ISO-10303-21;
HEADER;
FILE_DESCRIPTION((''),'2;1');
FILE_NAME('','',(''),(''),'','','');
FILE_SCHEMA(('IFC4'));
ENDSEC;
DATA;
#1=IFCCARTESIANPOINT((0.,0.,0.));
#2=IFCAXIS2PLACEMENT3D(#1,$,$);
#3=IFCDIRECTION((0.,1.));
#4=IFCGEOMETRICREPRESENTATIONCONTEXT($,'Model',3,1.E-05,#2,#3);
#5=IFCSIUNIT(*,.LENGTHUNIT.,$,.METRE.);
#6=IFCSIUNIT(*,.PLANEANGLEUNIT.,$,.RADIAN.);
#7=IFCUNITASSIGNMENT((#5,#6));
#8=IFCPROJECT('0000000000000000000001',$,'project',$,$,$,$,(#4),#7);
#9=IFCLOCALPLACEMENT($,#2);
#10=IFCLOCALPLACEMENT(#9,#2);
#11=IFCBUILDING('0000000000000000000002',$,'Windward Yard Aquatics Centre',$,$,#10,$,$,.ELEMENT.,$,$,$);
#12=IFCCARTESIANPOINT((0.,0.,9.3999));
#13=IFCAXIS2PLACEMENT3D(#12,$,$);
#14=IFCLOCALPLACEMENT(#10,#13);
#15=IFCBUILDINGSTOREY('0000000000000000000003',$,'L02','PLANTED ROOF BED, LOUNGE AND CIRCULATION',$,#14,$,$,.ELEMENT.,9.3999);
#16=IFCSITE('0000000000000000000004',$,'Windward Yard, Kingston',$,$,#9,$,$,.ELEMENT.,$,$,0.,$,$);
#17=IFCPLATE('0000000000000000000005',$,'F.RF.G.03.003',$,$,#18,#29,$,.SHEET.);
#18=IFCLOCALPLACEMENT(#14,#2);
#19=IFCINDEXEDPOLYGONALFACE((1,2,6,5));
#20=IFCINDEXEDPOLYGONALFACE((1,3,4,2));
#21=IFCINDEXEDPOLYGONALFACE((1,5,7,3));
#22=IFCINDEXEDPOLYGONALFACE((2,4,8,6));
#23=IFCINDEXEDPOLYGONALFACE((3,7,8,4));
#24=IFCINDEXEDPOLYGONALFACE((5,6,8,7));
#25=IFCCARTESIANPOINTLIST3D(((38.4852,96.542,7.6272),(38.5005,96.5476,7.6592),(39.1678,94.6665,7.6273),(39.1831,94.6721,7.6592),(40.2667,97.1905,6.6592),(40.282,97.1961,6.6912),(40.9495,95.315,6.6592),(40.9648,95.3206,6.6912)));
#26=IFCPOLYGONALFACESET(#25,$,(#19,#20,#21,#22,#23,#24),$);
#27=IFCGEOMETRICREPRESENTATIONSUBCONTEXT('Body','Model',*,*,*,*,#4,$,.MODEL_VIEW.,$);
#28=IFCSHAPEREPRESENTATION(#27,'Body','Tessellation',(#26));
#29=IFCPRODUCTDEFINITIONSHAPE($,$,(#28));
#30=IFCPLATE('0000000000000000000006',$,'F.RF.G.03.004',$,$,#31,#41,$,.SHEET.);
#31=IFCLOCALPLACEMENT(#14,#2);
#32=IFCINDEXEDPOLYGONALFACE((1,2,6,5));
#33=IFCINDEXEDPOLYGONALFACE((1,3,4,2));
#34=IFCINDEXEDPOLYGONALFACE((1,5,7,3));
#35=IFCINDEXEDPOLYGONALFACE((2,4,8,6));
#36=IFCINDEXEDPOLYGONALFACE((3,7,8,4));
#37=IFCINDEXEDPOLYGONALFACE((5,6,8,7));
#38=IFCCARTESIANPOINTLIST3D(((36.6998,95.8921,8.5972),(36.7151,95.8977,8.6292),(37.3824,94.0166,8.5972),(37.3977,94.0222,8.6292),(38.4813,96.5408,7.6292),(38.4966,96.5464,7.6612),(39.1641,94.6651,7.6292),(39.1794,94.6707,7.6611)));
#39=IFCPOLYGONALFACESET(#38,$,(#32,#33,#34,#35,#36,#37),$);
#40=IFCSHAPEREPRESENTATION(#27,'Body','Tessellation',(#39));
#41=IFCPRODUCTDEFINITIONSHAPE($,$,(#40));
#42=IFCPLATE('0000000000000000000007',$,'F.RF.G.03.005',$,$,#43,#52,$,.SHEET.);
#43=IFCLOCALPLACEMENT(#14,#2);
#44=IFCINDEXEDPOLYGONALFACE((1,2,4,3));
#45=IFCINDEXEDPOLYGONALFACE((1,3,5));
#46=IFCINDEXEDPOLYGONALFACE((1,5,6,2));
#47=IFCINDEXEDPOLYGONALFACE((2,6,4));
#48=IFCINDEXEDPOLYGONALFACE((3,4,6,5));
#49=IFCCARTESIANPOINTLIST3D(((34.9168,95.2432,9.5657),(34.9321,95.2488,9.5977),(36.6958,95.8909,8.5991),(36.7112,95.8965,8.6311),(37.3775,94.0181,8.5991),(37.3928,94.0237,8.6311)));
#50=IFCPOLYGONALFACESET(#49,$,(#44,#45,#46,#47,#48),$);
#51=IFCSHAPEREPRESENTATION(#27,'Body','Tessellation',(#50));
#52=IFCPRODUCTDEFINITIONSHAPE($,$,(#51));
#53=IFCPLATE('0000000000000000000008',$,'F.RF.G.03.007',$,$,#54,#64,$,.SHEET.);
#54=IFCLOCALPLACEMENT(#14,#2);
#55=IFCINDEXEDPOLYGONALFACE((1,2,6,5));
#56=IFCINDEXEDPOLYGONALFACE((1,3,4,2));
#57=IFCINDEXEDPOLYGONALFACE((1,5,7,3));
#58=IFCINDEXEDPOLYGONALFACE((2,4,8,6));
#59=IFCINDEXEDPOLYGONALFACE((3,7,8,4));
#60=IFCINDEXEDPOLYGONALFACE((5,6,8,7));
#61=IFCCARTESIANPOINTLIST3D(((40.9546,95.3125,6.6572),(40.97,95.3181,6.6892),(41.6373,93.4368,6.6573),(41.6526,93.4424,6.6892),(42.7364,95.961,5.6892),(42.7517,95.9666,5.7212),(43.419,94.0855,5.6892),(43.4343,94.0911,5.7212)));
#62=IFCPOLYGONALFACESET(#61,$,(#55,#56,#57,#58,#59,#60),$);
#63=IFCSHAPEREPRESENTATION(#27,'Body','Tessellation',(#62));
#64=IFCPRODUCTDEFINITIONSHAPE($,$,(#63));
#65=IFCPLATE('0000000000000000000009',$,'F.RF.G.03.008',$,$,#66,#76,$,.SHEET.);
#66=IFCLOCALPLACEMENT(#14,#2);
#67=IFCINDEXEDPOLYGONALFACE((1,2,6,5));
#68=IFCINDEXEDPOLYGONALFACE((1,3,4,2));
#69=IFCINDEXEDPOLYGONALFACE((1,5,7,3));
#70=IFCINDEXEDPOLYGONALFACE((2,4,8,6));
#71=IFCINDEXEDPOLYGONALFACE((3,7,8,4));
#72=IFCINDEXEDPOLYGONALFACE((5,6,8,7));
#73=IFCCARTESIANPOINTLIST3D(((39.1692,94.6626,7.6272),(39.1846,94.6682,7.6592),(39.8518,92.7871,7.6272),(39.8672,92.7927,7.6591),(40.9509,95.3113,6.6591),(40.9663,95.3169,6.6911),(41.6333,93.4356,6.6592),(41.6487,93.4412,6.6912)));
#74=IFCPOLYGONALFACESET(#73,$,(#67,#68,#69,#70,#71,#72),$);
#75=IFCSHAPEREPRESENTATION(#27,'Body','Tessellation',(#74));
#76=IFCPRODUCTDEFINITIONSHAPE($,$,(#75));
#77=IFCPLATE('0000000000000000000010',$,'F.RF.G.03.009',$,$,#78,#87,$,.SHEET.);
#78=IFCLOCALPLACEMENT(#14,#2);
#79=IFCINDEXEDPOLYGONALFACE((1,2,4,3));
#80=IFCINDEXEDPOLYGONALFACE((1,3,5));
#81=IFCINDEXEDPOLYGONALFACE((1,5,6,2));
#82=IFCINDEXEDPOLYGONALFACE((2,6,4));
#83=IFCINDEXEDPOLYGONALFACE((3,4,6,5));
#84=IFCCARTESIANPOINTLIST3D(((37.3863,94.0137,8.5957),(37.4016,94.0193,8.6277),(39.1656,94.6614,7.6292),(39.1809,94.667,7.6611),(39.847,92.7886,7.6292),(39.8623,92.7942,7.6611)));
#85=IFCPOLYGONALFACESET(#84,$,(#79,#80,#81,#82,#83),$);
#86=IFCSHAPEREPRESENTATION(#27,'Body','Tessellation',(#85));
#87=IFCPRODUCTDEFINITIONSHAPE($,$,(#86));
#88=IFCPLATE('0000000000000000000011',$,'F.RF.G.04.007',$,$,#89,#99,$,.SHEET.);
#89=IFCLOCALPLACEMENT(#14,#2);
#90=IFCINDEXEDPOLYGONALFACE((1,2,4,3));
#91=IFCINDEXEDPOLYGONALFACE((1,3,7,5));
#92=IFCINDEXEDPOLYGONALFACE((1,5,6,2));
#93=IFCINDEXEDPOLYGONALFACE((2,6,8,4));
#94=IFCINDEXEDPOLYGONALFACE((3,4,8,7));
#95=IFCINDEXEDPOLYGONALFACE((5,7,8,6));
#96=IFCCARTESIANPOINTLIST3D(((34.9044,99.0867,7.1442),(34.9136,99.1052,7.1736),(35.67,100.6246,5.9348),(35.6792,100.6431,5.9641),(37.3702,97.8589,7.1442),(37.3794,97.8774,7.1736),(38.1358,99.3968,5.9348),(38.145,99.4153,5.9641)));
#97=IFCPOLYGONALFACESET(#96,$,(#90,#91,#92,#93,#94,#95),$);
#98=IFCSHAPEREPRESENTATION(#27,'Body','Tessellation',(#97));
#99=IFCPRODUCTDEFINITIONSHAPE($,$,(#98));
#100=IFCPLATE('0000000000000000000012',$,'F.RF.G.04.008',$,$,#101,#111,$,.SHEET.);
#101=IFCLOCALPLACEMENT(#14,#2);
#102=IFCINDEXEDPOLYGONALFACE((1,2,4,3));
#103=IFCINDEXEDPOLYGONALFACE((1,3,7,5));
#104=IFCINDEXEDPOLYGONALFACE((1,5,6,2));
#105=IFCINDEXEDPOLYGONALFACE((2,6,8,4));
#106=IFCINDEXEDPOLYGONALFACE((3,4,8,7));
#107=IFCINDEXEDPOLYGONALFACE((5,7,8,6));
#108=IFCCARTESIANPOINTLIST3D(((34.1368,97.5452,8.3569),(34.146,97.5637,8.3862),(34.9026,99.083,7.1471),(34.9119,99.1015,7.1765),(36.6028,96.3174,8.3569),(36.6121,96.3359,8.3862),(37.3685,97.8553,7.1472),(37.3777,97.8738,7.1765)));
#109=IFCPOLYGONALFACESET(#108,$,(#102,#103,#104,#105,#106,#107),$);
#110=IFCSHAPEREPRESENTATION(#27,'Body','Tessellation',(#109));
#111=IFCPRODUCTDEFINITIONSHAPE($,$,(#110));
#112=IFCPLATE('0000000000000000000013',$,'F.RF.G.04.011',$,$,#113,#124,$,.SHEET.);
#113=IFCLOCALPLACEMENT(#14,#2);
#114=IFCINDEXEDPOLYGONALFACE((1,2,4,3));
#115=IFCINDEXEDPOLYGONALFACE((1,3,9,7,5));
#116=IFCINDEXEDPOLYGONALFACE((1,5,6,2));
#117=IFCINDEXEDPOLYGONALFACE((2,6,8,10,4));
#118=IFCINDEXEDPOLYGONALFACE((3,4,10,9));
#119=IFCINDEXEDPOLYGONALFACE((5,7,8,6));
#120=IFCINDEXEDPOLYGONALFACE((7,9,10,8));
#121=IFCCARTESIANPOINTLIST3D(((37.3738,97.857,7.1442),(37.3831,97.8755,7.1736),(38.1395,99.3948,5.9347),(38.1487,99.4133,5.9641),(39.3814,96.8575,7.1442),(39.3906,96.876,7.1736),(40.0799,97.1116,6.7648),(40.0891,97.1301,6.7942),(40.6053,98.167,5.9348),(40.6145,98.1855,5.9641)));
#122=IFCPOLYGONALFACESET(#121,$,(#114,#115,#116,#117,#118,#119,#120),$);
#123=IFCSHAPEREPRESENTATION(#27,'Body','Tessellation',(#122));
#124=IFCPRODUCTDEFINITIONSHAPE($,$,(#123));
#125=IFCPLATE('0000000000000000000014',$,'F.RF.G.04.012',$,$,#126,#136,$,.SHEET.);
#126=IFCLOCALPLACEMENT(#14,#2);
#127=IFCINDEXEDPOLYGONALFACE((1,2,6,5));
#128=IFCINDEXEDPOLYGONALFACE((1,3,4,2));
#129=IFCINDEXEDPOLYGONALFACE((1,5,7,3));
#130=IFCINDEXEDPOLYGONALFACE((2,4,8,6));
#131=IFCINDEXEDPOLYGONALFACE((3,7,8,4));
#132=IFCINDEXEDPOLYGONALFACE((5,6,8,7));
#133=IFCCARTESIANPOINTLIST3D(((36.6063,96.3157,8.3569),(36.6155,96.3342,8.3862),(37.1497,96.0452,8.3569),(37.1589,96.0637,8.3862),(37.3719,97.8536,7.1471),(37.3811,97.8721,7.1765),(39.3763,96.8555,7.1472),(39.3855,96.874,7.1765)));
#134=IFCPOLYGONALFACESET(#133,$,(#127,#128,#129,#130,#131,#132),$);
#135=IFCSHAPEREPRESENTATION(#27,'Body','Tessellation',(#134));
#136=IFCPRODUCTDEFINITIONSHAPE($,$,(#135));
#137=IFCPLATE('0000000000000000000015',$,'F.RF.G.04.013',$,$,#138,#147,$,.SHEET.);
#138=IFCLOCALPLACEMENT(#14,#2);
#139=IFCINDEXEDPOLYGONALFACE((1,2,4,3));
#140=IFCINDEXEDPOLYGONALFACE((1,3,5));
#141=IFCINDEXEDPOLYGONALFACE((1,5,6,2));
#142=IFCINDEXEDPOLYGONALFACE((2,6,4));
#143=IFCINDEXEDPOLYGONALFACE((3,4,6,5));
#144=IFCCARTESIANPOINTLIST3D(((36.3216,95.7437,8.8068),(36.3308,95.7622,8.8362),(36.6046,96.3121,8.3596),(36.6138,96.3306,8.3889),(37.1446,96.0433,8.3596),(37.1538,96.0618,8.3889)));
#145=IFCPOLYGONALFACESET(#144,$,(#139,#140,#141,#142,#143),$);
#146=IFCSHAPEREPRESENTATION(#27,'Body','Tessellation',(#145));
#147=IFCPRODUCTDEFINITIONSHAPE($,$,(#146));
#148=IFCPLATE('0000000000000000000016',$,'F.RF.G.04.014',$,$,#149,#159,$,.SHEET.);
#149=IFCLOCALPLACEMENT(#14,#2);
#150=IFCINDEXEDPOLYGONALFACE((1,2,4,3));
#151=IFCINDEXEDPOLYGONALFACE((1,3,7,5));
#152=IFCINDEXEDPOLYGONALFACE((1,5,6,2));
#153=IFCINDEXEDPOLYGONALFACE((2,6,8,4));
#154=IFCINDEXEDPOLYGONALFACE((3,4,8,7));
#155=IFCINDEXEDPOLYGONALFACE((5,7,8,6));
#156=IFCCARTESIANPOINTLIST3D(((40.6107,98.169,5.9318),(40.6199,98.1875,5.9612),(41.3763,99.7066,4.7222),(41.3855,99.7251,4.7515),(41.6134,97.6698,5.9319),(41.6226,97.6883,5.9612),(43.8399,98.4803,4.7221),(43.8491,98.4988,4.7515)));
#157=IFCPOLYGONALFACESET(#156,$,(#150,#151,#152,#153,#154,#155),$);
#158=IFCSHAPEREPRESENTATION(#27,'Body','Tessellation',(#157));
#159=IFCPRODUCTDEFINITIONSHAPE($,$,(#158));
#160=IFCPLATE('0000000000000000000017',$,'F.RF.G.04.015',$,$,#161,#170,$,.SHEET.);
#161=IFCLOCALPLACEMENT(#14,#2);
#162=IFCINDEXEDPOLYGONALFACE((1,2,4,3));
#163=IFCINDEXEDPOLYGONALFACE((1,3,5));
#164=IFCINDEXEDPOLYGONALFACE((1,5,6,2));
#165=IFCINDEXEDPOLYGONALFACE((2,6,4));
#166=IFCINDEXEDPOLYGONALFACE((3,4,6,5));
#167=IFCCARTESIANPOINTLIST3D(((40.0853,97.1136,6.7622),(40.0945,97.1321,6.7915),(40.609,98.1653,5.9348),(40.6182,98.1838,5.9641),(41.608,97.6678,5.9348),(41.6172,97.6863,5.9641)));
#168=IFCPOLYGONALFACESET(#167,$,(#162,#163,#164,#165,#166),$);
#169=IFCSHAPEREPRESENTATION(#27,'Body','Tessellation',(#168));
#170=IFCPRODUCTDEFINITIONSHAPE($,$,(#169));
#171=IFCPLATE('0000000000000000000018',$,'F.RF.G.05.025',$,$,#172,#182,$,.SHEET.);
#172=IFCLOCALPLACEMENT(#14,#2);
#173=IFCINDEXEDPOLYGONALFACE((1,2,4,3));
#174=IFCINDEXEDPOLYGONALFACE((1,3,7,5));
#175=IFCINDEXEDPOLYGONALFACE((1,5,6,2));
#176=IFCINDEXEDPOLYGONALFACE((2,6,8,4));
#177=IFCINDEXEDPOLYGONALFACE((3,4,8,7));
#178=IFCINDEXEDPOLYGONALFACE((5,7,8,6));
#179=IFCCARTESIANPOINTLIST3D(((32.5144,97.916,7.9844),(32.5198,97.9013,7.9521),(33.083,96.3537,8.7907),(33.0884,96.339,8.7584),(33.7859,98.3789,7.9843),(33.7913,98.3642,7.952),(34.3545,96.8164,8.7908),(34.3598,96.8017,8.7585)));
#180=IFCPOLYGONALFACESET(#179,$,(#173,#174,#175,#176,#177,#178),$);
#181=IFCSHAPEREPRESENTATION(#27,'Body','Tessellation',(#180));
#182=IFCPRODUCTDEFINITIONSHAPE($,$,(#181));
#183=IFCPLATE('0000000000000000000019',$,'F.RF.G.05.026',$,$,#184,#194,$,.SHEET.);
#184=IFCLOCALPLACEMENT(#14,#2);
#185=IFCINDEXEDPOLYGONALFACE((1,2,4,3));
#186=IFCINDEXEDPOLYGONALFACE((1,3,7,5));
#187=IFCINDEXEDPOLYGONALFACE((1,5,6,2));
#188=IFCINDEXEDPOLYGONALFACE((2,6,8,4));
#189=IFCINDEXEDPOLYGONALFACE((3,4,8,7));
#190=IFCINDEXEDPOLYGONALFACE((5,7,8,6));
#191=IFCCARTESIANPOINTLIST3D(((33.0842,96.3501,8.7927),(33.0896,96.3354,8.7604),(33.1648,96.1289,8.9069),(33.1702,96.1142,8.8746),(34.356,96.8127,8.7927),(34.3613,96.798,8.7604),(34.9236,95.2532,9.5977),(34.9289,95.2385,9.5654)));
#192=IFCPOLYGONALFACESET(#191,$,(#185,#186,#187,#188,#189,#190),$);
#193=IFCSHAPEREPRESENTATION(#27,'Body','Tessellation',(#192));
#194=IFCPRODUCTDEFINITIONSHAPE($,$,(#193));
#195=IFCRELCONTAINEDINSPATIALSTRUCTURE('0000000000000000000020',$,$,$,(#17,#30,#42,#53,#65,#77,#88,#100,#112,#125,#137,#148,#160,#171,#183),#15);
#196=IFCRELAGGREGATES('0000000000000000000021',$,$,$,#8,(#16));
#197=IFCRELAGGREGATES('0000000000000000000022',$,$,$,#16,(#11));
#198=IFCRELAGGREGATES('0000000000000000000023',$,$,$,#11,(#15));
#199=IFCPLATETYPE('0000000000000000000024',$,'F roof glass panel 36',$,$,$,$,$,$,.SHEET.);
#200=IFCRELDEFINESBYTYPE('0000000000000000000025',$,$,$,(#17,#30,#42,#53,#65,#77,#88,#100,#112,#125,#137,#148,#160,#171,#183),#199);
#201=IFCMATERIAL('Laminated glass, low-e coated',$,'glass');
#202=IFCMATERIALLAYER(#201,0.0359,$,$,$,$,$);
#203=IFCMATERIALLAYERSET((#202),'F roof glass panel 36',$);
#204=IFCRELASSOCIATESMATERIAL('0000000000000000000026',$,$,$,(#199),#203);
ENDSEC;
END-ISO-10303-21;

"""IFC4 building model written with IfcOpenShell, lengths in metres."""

from ifc_helpers import new_model, si_unit, direction, frame, origin, place, context, subcontext, project, spatial, polyline, outline, extrude, material, layer, layer_set, type_object, element, save


model = new_model("IFC4")

# Units and contexts
model_context = context("Model", 3, precision=1e-05, world=origin(), true_north=direction((0.0, 1.0)))
body_context = subcontext(model_context, "Body", "Model", "MODEL_VIEW")
ifc_project = project(units=[si_unit("LENGTHUNIT", "METRE"), si_unit("PLANEANGLEUNIT", "RADIAN")], contexts=[model_context])

# Site, building, storey
site_placement = place(None, origin())
site = spatial("IfcSite", under=ifc_project, at=site_placement, Name="Windward Yard, Kingston", CompositionType="ELEMENT", RefElevation=0.0)
building_placement = place(site_placement, origin())
building = spatial("IfcBuilding", under=site, at=building_placement, Name="Windward Yard Aquatics Centre", CompositionType="ELEMENT")
storey_placement = place(building_placement, frame((0.0, 0.0, 9.3999)))
storey = spatial("IfcBuildingStorey", under=building, at=storey_placement, Name="L02", Description="PLANTED ROOF BED, LOUNGE AND CIRCULATION", CompositionType="ELEMENT", Elevation=9.3999)

# Plates
ifc_material_1 = material(Name="Laminated glass, low-e coated", Category="glass")
ifc_layer_1 = layer(ifc_material_1, 0.0359)
ifc_layer_set_1 = layer_set([ifc_layer_1], Name="F roof glass panel 36")
plate_type = type_object("IfcPlateType", Name="F roof glass panel 36", PredefinedType="SHEET", material=ifc_layer_set_1)
for number, where, z_axis, x_axis, name in (
    (1, (38.5005, 96.5476, 7.6592), (0.427298, 0.15555, 0.890629), (0.836914, 0.304624, -0.45473), "F.RF.G.03.003"),
):
    element("IfcPlate", number, at=place(storey_placement, frame(where, z_axis=z_axis, x_axis=x_axis)), inside=storey, type_object=plate_type, Name=name, PredefinedType="SHEET", context=body_context, shape_type="SweptSolid", body=[
        extrude(outline(polyline([(0.0, 0.0), (2.1287, 0.0), (2.1288, -1.9959), (0.0, -1.9959), (0.0, 0.0)])), origin(), (0.0, 0.0, -1.0), 0.0359),
    ])
plate_1_placement = place(storey_placement, frame((36.7151, 95.8977, 8.6292), z_axis=(0.427293, 0.155539, 0.890634), x_axis=(0.836881, 0.304727, -0.454722)))
element("IfcPlate", 2, at=plate_1_placement, inside=storey, type_object=plate_type, Name="F.RF.G.03.004", PredefinedType="SHEET", context=body_context, shape_type="SweptSolid", body=[
    extrude(outline(polyline([(0.0, 0.0), (2.1287, 0.0), (2.1286, -1.9962), (-0.0002, -1.9959), (0.0, 0.0)])), origin(), (0.0, 0.0, -1.0), 0.0359),
])
plate_2_placement = place(storey_placement, frame((34.9321, 95.2488, 9.5977), z_axis=(0.427269, 0.155512, 0.89065), x_axis=(0.836909, 0.304696, -0.45469)))
element("IfcPlate", 3, at=plate_2_placement, inside=storey, type_object=plate_type, Name="F.RF.G.03.005", PredefinedType="SHEET", context=body_context, shape_type="SweptSolid", body=[
    extrude(outline(polyline([(0.0, 0.0), (2.1257, 0.0), (2.1256, -1.993), (0.0, 0.0)])), origin(), (0.0, 0.0, -1.0), 0.0359),
])
plate_3_placement = place(storey_placement, frame((40.97, 95.3181, 6.6892), z_axis=(0.427282, 0.155507, 0.890645), x_axis=(0.836942, 0.304593, -0.4547)))
element("IfcPlate", 4, at=plate_3_placement, inside=storey, type_object=plate_type, Name="F.RF.G.03.007", PredefinedType="SHEET", context=body_context, shape_type="SweptSolid", body=[
    extrude(outline(polyline([(0.0, 0.0), (2.1289, 0.0), (2.1289, -1.9959), (0.0, -1.9961), (0.0, 0.0)])), origin(), (0.0, 0.0, -1.0), 0.0359),
])
plate_4_placement = place(storey_placement, frame((39.1846, 94.6682, 7.6592), z_axis=(0.427311, 0.15549, 0.890634), x_axis=(0.836894, 0.30469, -0.454722)))
element("IfcPlate", 5, at=plate_4_placement, inside=storey, type_object=plate_type, Name="F.RF.G.03.008", PredefinedType="SHEET", context=body_context, shape_type="SweptSolid", body=[
    extrude(outline(polyline([(0.0, 0.0), (2.129, 0.0), (2.1285, -1.996), (-0.0002, -1.9959), (0.0, 0.0)])), origin(), (0.0, 0.0, -1.0), 0.0359),
])
plate_5_placement = place(storey_placement, frame((37.4016, 94.0193, 8.6277), z_axis=(0.427246, 0.155448, 0.890672), x_axis=(0.836944, 0.304667, -0.454646)))
element("IfcPlate", 6, at=plate_5_placement, inside=storey, type_object=plate_type, Name="F.RF.G.03.009", PredefinedType="SHEET", context=body_context, shape_type="SweptSolid", body=[
    extrude(outline(polyline([(0.0, 0.0), (2.1259, 0.0), (2.1257, -1.9929), (0.0, 0.0)])), origin(), (0.0, 0.0, -1.0), 0.0359),
])
plate_6_placement = place(storey_placement, frame((34.9136, 99.1052, 7.1736), z_axis=(0.256595, 0.515332, 0.817675), x_axis=(0.36442, 0.731977, -0.575681)))
element("IfcPlate", 7, at=plate_6_placement, inside=storey, type_object=plate_type, Name="F.RF.G.04.007", PredefinedType="SHEET", context=body_context, shape_type="SweptSolid", body=[
    extrude(outline(polyline([(0.0, 0.0), (2.1009, 0.0), (2.1008, -2.7546), (-0.0001, -2.7546), (0.0, 0.0)])), origin(), (0.0, 0.0, -1.0), 0.0359),
])
plate_7_placement = place(storey_placement, frame((34.146, 97.5637, 8.3862), z_axis=(0.256614, 0.515396, 0.817628), x_axis=(0.364492, 0.731889, -0.575746)))
element("IfcPlate", 8, at=plate_7_placement, inside=storey, type_object=plate_type, Name="F.RF.G.04.008", PredefinedType="SHEET", context=body_context, shape_type="SweptSolid", body=[
    extrude(outline(polyline([(0.0, 0.0), (2.1012, 0.0), (2.1013, -2.7546), (0.0003, -2.7548), (0.0, 0.0)])), origin(), (0.0, 0.0, -1.0), 0.0359),
])
plate_8_placement = place(storey_placement, frame((37.3831, 97.8755, 7.1736), z_axis=(0.256592, 0.515346, 0.817667), x_axis=(0.364416, 0.73197, -0.575692)))
element("IfcPlate", 9, at=plate_8_placement, inside=storey, type_object=plate_type, Name="F.RF.G.04.011", PredefinedType="SHEET", context=body_context, shape_type="SweptSolid", body=[
    extrude(outline(polyline([(0.0, 0.0), (2.1009, 0.0), (2.1008, -2.7546), (0.659, -2.7546), (0.0, -2.2426), (0.0, 0.0)])), origin(), (0.0, 0.0, -1.0), 0.0359),
])
plate_9_placement = place(storey_placement, frame((36.6155, 96.3342, 8.3862), z_axis=(0.256624, 0.515421, 0.817609), x_axis=(0.364391, 0.731918, -0.575773)))
element("IfcPlate", 10, at=plate_9_placement, inside=storey, type_object=plate_type, Name="F.RF.G.04.012", PredefinedType="SHEET", context=body_context, shape_type="SweptSolid", body=[
    extrude(outline(polyline([(0.0, 0.0), (2.1011, 0.0), (2.101, -2.2391), (0.0, -0.6071), (0.0, 0.0)])), origin(), (0.0, 0.0, -1.0), 0.0359),
])
plate_10_placement = place(storey_placement, frame((36.3308, 95.7622, 8.8362), z_axis=(0.256622, 0.515575, 0.817513), x_axis=(0.364345, 0.731833, -0.57591)))
element("IfcPlate", 11, at=plate_10_placement, inside=storey, type_object=plate_type, Name="F.RF.G.04.013", PredefinedType="SHEET", context=body_context, shape_type="SweptSolid", body=[
    extrude(outline(polyline([(0.0, 0.0), (0.7766, 0.0), (0.7767, -0.6032), (0.0, 0.0)])), origin(), (0.0, 0.0, -1.0), 0.0359),
])
plate_11_placement = place(storey_placement, frame((40.6199, 98.1875, 5.9612), z_axis=(0.256598, 0.515447, 0.817601), x_axis=(0.364433, 0.731888, -0.575785)))
element("IfcPlate", 12, at=plate_11_placement, inside=storey, type_object=plate_type, Name="F.RF.G.04.014", PredefinedType="SHEET", context=body_context, shape_type="SweptSolid", body=[
    extrude(outline(polyline([(0.0, 0.0), (2.1009, 0.0), (2.1012, -2.752), (0.0, -1.1201), (0.0, 0.0)])), origin(), (0.0, 0.0, -1.0), 0.0359),
])
plate_12_placement = place(storey_placement, frame((40.0945, 97.1321, 6.7915), z_axis=(0.256686, 0.515388, 0.817611), x_axis=(0.364423, 0.731904, -0.575771)))
element("IfcPlate", 13, at=plate_12_placement, inside=storey, type_object=plate_type, Name="F.RF.G.04.015", PredefinedType="SHEET", context=body_context, shape_type="SweptSolid", body=[
    extrude(outline(polyline([(0.0, 0.0), (1.437, 0.0), (1.4369, -1.1161), (0.0, 0.0)])), origin(), (0.0, 0.0, -1.0), 0.0359),
])
plate_13_placement = place(storey_placement, frame((32.5144, 97.916, 7.9844), z_axis=(-0.149251, 0.410077, 0.899756), x_axis=(0.939672, 0.342076, -0.000033)))
element("IfcPlate", 14, at=plate_13_placement, inside=storey, type_object=plate_type, Name="F.RF.G.05.025", PredefinedType="SHEET", context=body_context, shape_type="SweptSolid", body=[
    extrude(outline(polyline([(0.0, 0.0), (1.3531, 0.0), (1.3529, -1.848), (-0.0001, -1.8478), (0.0, 0.0)])), origin(), (0.0, 0.0, -1.0), 0.0359),
])
plate_14_placement = place(storey_placement, frame((33.0842, 96.3501, 8.7927), z_axis=(-0.149152, 0.410137, 0.899745), x_axis=(0.939753, 0.341853, -0.000045)))
element("IfcPlate", 15, at=plate_14_placement, inside=storey, type_object=plate_type, Name="F.RF.G.05.026", PredefinedType="SHEET", context=body_context, shape_type="SweptSolid", body=[
    extrude(outline(polyline([(0.0, 0.0), (1.3533, 0.0), (1.3535, -1.8446), (0.0001, -0.2617), (0.0, 0.0)])), origin(), (0.0, 0.0, -1.0), 0.0359),
])

save(model, "model.ifc")
